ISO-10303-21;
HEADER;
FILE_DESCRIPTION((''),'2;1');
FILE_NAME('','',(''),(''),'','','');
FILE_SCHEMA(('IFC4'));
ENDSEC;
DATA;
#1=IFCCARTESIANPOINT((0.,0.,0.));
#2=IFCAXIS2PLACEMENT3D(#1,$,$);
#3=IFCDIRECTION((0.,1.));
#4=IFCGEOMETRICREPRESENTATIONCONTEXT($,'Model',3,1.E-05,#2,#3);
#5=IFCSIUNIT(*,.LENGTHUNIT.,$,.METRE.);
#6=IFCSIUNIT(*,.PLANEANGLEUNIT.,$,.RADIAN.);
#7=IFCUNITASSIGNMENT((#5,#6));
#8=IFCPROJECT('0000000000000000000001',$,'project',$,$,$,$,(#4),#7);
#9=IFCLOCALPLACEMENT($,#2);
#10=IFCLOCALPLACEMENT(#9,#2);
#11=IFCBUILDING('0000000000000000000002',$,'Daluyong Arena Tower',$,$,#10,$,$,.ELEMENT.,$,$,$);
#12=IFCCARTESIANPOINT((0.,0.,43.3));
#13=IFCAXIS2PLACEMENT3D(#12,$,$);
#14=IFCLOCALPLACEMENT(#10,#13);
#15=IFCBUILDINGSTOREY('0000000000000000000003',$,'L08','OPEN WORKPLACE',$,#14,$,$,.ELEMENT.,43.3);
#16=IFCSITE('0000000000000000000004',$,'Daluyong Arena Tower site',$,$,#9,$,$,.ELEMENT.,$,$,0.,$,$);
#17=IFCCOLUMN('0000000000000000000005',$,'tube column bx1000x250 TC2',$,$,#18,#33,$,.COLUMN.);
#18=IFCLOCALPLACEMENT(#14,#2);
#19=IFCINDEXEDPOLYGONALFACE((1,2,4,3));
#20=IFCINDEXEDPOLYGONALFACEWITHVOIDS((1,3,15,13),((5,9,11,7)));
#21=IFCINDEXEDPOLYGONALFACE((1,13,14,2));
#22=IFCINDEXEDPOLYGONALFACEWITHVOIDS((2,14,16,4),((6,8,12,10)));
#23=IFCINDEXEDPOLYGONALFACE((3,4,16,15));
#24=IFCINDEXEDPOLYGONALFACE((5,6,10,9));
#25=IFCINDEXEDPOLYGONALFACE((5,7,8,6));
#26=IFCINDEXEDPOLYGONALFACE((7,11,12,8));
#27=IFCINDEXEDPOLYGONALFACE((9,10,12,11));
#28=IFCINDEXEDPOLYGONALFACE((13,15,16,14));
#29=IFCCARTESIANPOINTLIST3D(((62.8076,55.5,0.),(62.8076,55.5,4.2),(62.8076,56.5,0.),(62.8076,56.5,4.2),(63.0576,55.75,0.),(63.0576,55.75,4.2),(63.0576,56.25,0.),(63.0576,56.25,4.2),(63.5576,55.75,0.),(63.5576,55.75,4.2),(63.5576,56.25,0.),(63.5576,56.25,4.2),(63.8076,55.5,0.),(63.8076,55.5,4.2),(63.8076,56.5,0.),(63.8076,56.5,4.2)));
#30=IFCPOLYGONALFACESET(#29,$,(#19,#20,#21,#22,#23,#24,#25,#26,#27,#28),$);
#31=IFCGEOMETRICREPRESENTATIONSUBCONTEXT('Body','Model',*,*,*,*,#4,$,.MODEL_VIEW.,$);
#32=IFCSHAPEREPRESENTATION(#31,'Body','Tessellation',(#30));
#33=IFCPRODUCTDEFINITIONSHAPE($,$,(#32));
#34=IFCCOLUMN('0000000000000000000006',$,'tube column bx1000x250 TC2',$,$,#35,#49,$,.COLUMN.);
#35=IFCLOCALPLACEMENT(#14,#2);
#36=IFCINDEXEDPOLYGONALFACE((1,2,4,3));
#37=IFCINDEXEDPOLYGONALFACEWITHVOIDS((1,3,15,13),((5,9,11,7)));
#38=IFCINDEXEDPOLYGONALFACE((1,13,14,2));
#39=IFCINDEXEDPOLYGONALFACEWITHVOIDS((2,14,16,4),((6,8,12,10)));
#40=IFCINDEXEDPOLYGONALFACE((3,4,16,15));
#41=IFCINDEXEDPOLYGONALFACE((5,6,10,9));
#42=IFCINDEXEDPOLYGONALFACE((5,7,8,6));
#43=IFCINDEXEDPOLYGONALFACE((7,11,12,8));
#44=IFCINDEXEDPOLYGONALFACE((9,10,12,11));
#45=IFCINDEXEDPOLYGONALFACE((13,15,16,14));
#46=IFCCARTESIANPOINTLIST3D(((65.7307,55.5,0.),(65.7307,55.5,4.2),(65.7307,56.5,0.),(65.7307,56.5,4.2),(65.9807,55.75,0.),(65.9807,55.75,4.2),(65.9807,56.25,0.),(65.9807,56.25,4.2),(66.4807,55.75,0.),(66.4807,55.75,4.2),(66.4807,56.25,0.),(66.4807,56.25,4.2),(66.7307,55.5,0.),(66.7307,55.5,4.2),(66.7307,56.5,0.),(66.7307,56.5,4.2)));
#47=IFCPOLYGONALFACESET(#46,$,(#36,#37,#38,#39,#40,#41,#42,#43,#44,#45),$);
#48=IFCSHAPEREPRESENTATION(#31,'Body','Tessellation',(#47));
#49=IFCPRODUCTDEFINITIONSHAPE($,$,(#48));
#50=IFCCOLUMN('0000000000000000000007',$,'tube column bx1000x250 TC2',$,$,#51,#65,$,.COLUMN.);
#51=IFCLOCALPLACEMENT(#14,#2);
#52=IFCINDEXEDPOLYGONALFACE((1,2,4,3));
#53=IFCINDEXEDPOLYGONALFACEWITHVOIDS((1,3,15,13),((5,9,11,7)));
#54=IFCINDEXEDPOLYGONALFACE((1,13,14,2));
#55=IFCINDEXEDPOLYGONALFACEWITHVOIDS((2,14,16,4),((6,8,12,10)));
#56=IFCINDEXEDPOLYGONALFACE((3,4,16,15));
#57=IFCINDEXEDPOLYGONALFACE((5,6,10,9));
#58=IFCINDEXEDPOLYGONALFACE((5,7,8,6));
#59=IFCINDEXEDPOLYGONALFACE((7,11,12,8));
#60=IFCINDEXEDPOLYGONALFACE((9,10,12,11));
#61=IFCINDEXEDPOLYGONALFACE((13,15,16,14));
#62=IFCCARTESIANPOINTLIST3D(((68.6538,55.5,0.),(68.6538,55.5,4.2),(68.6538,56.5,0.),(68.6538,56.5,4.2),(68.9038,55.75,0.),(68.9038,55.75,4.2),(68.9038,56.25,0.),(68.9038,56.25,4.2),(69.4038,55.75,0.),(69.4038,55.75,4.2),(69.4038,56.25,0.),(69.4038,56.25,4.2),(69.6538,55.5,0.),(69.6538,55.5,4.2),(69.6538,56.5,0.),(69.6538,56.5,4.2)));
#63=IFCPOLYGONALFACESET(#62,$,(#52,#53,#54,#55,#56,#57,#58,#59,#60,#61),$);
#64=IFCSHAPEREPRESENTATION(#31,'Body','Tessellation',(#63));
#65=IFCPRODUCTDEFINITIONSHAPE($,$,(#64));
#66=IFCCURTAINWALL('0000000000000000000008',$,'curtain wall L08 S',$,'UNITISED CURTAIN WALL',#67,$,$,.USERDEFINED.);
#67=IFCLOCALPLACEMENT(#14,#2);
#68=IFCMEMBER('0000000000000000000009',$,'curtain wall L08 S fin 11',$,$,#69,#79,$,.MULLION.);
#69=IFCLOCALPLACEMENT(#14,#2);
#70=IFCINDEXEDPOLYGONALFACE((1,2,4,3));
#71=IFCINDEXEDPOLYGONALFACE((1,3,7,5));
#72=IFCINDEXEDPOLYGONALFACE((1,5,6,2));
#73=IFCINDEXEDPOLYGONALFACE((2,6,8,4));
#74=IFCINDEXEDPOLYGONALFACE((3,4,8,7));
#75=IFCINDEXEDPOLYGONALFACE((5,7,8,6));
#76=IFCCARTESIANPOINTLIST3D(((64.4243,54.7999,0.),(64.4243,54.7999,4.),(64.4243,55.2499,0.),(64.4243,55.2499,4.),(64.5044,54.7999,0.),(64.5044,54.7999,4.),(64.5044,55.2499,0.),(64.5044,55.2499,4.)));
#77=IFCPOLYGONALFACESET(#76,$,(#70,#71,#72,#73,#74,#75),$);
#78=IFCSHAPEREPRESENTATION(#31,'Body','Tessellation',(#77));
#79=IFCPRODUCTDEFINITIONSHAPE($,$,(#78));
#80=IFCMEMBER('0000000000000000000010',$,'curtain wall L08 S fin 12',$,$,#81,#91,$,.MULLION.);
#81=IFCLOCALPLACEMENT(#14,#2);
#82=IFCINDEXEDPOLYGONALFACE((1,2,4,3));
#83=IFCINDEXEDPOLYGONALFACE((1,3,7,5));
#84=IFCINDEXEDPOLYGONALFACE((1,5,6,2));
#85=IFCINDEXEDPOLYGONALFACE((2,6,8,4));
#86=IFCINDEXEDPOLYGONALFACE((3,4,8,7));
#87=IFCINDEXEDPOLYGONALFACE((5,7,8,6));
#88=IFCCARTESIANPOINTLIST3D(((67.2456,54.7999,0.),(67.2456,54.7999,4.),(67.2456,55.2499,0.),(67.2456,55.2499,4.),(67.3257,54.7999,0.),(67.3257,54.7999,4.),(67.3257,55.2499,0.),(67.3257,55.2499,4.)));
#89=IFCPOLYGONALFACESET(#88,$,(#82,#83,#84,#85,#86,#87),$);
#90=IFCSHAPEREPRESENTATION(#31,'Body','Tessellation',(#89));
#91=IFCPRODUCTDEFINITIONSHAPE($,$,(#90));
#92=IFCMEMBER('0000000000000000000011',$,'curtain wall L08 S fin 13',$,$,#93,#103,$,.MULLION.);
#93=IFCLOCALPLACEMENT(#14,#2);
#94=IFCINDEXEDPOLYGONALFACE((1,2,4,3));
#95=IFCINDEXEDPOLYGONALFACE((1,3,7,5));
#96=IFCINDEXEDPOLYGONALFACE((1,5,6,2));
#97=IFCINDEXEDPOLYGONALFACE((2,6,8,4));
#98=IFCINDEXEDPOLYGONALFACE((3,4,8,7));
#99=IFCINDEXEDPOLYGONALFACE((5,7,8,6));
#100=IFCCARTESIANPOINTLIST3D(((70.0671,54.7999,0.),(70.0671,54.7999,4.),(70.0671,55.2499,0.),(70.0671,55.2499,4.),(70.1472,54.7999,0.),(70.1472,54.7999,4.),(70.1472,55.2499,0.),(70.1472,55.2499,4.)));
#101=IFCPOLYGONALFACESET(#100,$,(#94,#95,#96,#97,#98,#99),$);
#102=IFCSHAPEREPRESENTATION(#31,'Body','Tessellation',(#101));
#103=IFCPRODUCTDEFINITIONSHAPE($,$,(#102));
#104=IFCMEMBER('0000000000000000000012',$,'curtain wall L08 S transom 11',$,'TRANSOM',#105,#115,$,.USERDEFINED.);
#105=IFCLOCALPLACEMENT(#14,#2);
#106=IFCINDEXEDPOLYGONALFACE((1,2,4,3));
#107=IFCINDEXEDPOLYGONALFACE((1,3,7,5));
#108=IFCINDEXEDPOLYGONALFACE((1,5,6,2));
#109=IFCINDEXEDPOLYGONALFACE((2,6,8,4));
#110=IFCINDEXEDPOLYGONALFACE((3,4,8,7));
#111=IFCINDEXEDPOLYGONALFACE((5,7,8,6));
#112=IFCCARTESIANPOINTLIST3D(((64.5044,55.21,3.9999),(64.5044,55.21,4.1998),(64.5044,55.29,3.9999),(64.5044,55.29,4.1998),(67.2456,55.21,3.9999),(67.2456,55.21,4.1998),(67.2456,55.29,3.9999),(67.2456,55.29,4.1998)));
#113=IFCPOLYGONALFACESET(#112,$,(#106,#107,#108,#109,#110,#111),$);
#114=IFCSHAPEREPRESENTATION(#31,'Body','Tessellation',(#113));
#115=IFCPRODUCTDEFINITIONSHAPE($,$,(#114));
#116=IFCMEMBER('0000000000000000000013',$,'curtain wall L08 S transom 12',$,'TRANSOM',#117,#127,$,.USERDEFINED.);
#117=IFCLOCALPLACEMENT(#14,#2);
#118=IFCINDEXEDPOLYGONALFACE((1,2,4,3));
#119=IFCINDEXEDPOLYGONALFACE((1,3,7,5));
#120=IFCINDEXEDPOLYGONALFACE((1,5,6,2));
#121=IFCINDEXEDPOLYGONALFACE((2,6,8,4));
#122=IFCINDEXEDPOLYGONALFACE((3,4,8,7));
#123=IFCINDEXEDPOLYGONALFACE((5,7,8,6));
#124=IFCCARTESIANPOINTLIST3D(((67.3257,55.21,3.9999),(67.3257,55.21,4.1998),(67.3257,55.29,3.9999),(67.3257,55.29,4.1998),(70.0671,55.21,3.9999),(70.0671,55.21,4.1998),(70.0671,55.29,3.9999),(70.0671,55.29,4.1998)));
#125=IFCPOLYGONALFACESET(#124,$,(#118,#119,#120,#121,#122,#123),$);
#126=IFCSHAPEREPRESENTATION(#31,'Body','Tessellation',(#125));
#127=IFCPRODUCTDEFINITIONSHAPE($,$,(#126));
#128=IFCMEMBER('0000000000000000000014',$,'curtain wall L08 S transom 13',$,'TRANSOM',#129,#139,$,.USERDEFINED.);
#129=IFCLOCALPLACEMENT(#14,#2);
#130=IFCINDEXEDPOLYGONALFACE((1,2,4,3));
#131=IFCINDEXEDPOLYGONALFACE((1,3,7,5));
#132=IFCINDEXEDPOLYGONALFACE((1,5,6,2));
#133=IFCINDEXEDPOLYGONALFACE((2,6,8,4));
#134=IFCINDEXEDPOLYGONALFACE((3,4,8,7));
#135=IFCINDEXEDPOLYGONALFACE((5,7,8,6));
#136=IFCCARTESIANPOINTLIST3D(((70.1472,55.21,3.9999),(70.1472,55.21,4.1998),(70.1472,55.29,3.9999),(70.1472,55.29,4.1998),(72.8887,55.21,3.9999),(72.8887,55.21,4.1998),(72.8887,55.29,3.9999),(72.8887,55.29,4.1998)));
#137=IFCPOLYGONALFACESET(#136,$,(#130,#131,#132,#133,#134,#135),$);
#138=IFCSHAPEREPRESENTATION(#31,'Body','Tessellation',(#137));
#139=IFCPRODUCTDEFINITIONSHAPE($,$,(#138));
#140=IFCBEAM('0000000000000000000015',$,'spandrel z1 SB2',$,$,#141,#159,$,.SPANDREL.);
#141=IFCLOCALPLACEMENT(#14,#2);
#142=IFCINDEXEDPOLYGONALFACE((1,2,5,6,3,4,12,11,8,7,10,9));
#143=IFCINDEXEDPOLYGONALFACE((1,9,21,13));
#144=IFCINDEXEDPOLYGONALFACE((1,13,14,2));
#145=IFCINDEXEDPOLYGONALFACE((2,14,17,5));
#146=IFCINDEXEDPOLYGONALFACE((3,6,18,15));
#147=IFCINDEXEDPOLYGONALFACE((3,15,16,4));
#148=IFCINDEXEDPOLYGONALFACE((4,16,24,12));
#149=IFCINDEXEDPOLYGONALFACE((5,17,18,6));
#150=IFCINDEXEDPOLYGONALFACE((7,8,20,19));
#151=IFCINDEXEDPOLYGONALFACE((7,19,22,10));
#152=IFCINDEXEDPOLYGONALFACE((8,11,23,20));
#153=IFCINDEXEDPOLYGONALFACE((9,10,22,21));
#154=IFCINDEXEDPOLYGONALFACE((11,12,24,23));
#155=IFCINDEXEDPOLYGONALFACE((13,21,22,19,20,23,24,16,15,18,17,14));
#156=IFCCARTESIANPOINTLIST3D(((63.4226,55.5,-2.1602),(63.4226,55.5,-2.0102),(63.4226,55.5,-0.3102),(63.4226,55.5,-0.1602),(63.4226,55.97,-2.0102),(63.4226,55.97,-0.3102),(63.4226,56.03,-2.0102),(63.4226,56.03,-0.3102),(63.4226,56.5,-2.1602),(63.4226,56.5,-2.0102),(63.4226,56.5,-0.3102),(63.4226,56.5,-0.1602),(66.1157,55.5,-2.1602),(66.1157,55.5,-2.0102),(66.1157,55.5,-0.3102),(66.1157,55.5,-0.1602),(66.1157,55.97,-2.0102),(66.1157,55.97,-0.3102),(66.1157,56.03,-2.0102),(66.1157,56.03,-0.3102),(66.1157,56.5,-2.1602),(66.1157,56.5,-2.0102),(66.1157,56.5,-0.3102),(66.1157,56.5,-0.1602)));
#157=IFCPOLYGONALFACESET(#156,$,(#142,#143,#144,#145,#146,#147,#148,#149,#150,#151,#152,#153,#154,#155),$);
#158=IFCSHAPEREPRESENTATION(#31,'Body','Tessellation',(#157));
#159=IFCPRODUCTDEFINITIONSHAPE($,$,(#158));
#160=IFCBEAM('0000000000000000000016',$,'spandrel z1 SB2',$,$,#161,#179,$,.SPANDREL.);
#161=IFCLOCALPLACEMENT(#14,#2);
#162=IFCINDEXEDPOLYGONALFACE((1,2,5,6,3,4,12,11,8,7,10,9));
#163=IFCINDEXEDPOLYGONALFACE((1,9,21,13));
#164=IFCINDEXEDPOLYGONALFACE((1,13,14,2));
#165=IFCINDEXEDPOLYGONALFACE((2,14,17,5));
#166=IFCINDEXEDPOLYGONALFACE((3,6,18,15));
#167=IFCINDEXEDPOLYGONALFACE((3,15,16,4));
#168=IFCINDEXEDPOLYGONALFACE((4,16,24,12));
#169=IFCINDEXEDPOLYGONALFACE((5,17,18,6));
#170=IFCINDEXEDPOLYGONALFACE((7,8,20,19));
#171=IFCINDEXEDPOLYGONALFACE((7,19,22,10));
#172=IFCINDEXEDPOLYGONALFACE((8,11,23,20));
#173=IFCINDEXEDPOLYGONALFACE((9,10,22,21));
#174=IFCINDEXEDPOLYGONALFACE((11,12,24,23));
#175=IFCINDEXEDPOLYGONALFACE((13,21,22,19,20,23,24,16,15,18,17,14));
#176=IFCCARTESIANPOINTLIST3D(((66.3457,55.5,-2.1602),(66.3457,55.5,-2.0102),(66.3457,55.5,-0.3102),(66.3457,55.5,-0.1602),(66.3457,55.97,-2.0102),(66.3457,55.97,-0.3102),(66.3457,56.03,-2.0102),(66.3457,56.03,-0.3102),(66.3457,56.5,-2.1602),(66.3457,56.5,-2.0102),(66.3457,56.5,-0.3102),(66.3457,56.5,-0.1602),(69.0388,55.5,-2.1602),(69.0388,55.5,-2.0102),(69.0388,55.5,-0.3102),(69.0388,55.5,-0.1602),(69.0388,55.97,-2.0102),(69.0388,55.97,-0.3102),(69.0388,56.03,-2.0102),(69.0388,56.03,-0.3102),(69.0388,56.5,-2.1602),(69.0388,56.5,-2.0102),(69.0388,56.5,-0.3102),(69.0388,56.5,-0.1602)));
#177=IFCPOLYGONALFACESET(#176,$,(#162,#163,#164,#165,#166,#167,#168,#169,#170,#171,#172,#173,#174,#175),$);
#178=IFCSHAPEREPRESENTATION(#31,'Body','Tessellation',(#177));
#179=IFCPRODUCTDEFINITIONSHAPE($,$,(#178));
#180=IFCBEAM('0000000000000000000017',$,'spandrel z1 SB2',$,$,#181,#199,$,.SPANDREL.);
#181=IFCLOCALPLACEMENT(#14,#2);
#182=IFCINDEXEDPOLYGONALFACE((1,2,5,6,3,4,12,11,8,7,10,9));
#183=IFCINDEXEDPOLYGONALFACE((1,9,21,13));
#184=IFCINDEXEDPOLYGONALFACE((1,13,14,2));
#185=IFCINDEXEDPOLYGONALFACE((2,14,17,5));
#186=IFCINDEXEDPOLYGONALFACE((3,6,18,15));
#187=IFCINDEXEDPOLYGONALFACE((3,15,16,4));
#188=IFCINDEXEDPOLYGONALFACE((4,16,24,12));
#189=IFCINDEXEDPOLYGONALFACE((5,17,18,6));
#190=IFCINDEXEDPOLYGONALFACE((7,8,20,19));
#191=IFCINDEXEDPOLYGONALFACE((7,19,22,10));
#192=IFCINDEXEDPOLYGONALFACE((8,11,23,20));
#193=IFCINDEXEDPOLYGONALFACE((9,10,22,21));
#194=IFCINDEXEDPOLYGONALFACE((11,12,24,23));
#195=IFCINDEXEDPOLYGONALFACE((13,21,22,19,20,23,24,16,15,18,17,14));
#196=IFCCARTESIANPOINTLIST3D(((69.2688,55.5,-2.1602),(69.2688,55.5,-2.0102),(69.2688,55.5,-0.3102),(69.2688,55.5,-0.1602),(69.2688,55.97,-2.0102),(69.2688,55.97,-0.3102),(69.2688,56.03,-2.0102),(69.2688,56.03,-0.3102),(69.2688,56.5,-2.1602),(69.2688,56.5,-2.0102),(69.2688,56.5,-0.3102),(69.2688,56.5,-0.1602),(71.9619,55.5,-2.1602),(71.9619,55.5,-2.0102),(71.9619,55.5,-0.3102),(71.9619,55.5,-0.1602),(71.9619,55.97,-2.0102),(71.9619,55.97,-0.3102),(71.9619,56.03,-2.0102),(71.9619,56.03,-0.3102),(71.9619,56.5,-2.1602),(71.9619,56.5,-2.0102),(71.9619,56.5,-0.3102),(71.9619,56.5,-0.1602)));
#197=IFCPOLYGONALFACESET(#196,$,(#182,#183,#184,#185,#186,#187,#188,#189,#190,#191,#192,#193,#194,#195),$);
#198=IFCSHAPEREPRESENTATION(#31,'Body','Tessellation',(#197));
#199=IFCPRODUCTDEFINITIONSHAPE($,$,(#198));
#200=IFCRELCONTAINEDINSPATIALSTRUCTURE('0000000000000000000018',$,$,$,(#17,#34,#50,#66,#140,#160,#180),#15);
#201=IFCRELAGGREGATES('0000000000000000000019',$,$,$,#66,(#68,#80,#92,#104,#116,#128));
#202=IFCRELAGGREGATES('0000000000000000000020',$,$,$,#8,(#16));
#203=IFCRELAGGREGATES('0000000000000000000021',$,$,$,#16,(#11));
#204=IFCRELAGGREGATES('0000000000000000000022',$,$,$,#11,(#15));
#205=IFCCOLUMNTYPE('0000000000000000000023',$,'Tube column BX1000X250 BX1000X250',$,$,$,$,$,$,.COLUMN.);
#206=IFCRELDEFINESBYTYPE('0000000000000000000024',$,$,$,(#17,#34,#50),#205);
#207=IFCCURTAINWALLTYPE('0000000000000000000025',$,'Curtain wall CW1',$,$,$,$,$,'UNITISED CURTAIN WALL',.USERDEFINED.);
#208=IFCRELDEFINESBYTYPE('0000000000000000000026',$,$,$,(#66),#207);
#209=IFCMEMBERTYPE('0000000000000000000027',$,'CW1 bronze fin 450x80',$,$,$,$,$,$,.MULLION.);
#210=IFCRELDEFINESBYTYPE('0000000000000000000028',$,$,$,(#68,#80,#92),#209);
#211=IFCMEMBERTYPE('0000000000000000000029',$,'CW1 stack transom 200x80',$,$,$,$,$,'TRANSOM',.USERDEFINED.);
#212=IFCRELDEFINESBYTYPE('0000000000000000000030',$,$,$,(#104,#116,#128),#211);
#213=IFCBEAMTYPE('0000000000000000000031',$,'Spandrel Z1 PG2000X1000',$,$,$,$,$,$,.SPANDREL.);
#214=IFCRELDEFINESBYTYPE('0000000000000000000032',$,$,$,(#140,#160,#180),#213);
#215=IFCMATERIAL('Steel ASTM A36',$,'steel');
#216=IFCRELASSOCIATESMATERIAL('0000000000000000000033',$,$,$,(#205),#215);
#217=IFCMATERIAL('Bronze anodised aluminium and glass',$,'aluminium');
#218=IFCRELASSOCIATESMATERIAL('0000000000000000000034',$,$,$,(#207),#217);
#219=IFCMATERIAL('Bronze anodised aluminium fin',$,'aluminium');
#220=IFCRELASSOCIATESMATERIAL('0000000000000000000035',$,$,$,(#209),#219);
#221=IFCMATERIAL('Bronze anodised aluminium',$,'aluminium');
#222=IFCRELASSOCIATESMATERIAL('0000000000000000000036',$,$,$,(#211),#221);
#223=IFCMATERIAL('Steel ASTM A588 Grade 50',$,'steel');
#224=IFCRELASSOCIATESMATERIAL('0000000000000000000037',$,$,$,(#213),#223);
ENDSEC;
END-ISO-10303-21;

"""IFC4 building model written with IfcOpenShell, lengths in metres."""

from ifc_helpers import new_model, si_unit, direction, frame, origin, origin_2d, place, context, subcontext, project, spatial, rectangle, hollow_rectangle, i_section, extrude, material, material_profile, profile_set, type_object, element, aggregate, save


model = new_model("IFC4")

# Units and contexts
model_context = context("Model", 3, precision=1e-05, world=origin(), true_north=direction((0.0, 1.0)))
body_context = subcontext(model_context, "Body", "Model", "MODEL_VIEW")
ifc_project = project(units=[si_unit("LENGTHUNIT", "METRE"), si_unit("PLANEANGLEUNIT", "RADIAN")], contexts=[model_context])

# Site, building, storey
site_placement = place(None, origin())
site = spatial("IfcSite", under=ifc_project, at=site_placement, Name="Daluyong Arena Tower site", CompositionType="ELEMENT", RefElevation=0.0)
building_placement = place(site_placement, origin())
building = spatial("IfcBuilding", under=site, at=building_placement, Name="Daluyong Arena Tower", CompositionType="ELEMENT")
storey_placement = place(building_placement, frame((0.0, 0.0, 43.3)))
storey = spatial("IfcBuildingStorey", under=building, at=storey_placement, Name="L08", Description="OPEN WORKPLACE", CompositionType="ELEMENT", Elevation=43.3)

# Columns
ifc_material_1 = material(Name="Steel ASTM A36", Category="steel")
ifc_material_profile_1 = material_profile(ifc_material_1, hollow_rectangle(XDim=1.0, YDim=1.0, WallThickness=0.25, at=origin_2d()))
ifc_profile_set_1 = profile_set([ifc_material_profile_1], Name="Steel ASTM A36")
column_type = type_object("IfcColumnType", Name="Tube column BX1000X250 BX1000X250", PredefinedType="COLUMN", material=ifc_profile_set_1)
for number, where, z_axis, x_axis, name in (
    (1, (63.3076, 56.0, 0.0), (0.0, 0.0, 1.0), (1.0, 0.0, 0.0), "tube column bx1000x250 TC2"),
    (2, (66.2307, 56.0, 0.0), (0.0, 0.0, 1.0), (1.0, 0.0, 0.0), "tube column bx1000x250 TC2"),
    (3, (69.1538, 56.0, 0.0), (0.0, 0.0, 1.0), (1.0, 0.0, 0.0), "tube column bx1000x250 TC2"),
):
    element("IfcColumn", number, at=place(storey_placement, frame(where, z_axis=z_axis, x_axis=x_axis)), inside=storey, type_object=column_type, Name=name, PredefinedType="COLUMN", context=body_context, shape_type="SweptSolid", body=[
        extrude(hollow_rectangle(XDim=1.0, YDim=1.0, WallThickness=0.25, at=origin_2d()), origin(), (0.0, 0.0, 1.0), 4.2),
    ])

# Curtain wall, members
ifc_material_2 = material(Name="Bronze anodised aluminium and glass", Category="aluminium")
curtain_wall_type = type_object("IfcCurtainWallType", Name="Curtain wall CW1", ElementType="UNITISED CURTAIN WALL", PredefinedType="USERDEFINED", material=ifc_material_2)
curtain_wall_placement = place(storey_placement, origin())
curtain_wall = element("IfcCurtainWall", 4, at=curtain_wall_placement, inside=storey, type_object=curtain_wall_type, Name="curtain wall L08 S", ObjectType="UNITISED CURTAIN WALL", PredefinedType="USERDEFINED")
ifc_material_3 = material(Name="Bronze anodised aluminium fin", Category="aluminium")
ifc_material_profile_2 = material_profile(ifc_material_3, rectangle(XDim=0.45, YDim=0.0801, at=origin_2d()))
ifc_profile_set_2 = profile_set([ifc_material_profile_2], Name="Bronze anodised aluminium fin")
member_type_1 = type_object("IfcMemberType", Name="CW1 bronze fin 450x80", PredefinedType="MULLION", material=ifc_profile_set_2)
member_1_placement = place(storey_placement, frame((64.4644, 55.0249, 0.0), z_axis=(0.0, 0.0, 1.0), x_axis=(0.0, 1.0, 0.0)))
member_1 = element("IfcMember", 5, at=member_1_placement, type_object=member_type_1, Name="curtain wall L08 S fin 11", PredefinedType="MULLION", context=body_context, shape_type="SweptSolid", body=[
    extrude(rectangle(XDim=0.45, YDim=0.0801, at=origin_2d()), origin(), (0.0, 0.0, 1.0), 4.0),
])
member_2_placement = place(storey_placement, frame((67.2856, 55.0249, 0.0), z_axis=(0.0, 0.0, 1.0), x_axis=(0.0, 1.0, 0.0)))
member_2 = element("IfcMember", 6, at=member_2_placement, type_object=member_type_1, Name="curtain wall L08 S fin 12", PredefinedType="MULLION", context=body_context, shape_type="SweptSolid", body=[
    extrude(rectangle(XDim=0.45, YDim=0.0801, at=origin_2d()), origin(), (0.0, 0.0, 1.0), 4.0),
])
member_3_placement = place(storey_placement, frame((70.1072, 55.0249, 0.0), z_axis=(0.0, 0.0, 1.0), x_axis=(0.0, 1.0, 0.0)))
member_3 = element("IfcMember", 7, at=member_3_placement, type_object=member_type_1, Name="curtain wall L08 S fin 13", PredefinedType="MULLION", context=body_context, shape_type="SweptSolid", body=[
    extrude(rectangle(XDim=0.45, YDim=0.0801, at=origin_2d()), origin(), (0.0, 0.0, 1.0), 4.0),
])
ifc_material_4 = material(Name="Bronze anodised aluminium", Category="aluminium")
ifc_material_profile_3 = material_profile(ifc_material_4, rectangle(XDim=0.0801, YDim=0.2, at=origin_2d()))
ifc_profile_set_3 = profile_set([ifc_material_profile_3], Name="Bronze anodised aluminium")
member_type_2 = type_object("IfcMemberType", Name="CW1 stack transom 200x80", ElementType="TRANSOM", PredefinedType="USERDEFINED", material=ifc_profile_set_3)
member_4_placement = place(storey_placement, frame((64.5044, 55.25, 4.0999), z_axis=(1.0, 0.0, 0.0), x_axis=(0.0, 1.0, 0.0)))
member_4 = element("IfcMember", 8, at=member_4_placement, type_object=member_type_2, Name="curtain wall L08 S transom 11", ObjectType="TRANSOM", PredefinedType="USERDEFINED", context=body_context, shape_type="SweptSolid", body=[
    extrude(rectangle(XDim=0.0801, YDim=0.2, at=origin_2d()), origin(), (0.0, 0.0, 1.0), 2.7412),
])
member_5_placement = place(storey_placement, frame((67.3257, 55.25, 4.0999), z_axis=(1.0, 0.0, 0.0), x_axis=(0.0, 1.0, 0.0)))
member_5 = element("IfcMember", 9, at=member_5_placement, type_object=member_type_2, Name="curtain wall L08 S transom 12", ObjectType="TRANSOM", PredefinedType="USERDEFINED", context=body_context, shape_type="SweptSolid", body=[
    extrude(rectangle(XDim=0.0801, YDim=0.2, at=origin_2d()), origin(), (0.0, 0.0, 1.0), 2.7415),
])
member_6_placement = place(storey_placement, frame((70.1472, 55.25, 4.0999), z_axis=(1.0, 0.0, 0.0), x_axis=(0.0, 1.0, 0.0)))
member_6 = element("IfcMember", 10, at=member_6_placement, type_object=member_type_2, Name="curtain wall L08 S transom 13", ObjectType="TRANSOM", PredefinedType="USERDEFINED", context=body_context, shape_type="SweptSolid", body=[
    extrude(rectangle(XDim=0.0801, YDim=0.2, at=origin_2d()), origin(), (0.0, 0.0, 1.0), 2.7415),
])

# Beams
ifc_material_5 = material(Name="Steel ASTM A588 Grade 50", Category="steel")
ifc_material_profile_4 = material_profile(ifc_material_5, i_section(OverallWidth=1.0, OverallDepth=2.0, WebThickness=0.06, FlangeThickness=0.15, at=origin_2d()))
ifc_profile_set_4 = profile_set([ifc_material_profile_4], Name="Steel ASTM A588 Grade 50")
beam_type = type_object("IfcBeamType", Name="Spandrel Z1 PG2000X1000", PredefinedType="SPANDREL", material=ifc_profile_set_4)
for number, where, z_axis, x_axis, name in (
    (11, (63.4226, 56.0, -1.1602), (1.0, 0.0, 0.0), (0.0, 1.0, 0.0), "spandrel z1 SB2"),
    (12, (66.3457, 56.0, -1.1602), (1.0, 0.0, 0.0), (0.0, 1.0, 0.0), "spandrel z1 SB2"),
    (13, (69.2688, 56.0, -1.1602), (1.0, 0.0, 0.0), (0.0, 1.0, 0.0), "spandrel z1 SB2"),
):
    element("IfcBeam", number, at=place(storey_placement, frame(where, z_axis=z_axis, x_axis=x_axis)), inside=storey, type_object=beam_type, Name=name, PredefinedType="SPANDREL", context=body_context, shape_type="SweptSolid", body=[
        extrude(i_section(OverallWidth=1.0, OverallDepth=2.0, WebThickness=0.06, FlangeThickness=0.15, at=origin_2d()), origin(), (0.0, 0.0, 1.0), 2.6931),
    ])

aggregate(curtain_wall, [member_1, member_2, member_3, member_4, member_5, member_6])

save(model, "model.ifc")
